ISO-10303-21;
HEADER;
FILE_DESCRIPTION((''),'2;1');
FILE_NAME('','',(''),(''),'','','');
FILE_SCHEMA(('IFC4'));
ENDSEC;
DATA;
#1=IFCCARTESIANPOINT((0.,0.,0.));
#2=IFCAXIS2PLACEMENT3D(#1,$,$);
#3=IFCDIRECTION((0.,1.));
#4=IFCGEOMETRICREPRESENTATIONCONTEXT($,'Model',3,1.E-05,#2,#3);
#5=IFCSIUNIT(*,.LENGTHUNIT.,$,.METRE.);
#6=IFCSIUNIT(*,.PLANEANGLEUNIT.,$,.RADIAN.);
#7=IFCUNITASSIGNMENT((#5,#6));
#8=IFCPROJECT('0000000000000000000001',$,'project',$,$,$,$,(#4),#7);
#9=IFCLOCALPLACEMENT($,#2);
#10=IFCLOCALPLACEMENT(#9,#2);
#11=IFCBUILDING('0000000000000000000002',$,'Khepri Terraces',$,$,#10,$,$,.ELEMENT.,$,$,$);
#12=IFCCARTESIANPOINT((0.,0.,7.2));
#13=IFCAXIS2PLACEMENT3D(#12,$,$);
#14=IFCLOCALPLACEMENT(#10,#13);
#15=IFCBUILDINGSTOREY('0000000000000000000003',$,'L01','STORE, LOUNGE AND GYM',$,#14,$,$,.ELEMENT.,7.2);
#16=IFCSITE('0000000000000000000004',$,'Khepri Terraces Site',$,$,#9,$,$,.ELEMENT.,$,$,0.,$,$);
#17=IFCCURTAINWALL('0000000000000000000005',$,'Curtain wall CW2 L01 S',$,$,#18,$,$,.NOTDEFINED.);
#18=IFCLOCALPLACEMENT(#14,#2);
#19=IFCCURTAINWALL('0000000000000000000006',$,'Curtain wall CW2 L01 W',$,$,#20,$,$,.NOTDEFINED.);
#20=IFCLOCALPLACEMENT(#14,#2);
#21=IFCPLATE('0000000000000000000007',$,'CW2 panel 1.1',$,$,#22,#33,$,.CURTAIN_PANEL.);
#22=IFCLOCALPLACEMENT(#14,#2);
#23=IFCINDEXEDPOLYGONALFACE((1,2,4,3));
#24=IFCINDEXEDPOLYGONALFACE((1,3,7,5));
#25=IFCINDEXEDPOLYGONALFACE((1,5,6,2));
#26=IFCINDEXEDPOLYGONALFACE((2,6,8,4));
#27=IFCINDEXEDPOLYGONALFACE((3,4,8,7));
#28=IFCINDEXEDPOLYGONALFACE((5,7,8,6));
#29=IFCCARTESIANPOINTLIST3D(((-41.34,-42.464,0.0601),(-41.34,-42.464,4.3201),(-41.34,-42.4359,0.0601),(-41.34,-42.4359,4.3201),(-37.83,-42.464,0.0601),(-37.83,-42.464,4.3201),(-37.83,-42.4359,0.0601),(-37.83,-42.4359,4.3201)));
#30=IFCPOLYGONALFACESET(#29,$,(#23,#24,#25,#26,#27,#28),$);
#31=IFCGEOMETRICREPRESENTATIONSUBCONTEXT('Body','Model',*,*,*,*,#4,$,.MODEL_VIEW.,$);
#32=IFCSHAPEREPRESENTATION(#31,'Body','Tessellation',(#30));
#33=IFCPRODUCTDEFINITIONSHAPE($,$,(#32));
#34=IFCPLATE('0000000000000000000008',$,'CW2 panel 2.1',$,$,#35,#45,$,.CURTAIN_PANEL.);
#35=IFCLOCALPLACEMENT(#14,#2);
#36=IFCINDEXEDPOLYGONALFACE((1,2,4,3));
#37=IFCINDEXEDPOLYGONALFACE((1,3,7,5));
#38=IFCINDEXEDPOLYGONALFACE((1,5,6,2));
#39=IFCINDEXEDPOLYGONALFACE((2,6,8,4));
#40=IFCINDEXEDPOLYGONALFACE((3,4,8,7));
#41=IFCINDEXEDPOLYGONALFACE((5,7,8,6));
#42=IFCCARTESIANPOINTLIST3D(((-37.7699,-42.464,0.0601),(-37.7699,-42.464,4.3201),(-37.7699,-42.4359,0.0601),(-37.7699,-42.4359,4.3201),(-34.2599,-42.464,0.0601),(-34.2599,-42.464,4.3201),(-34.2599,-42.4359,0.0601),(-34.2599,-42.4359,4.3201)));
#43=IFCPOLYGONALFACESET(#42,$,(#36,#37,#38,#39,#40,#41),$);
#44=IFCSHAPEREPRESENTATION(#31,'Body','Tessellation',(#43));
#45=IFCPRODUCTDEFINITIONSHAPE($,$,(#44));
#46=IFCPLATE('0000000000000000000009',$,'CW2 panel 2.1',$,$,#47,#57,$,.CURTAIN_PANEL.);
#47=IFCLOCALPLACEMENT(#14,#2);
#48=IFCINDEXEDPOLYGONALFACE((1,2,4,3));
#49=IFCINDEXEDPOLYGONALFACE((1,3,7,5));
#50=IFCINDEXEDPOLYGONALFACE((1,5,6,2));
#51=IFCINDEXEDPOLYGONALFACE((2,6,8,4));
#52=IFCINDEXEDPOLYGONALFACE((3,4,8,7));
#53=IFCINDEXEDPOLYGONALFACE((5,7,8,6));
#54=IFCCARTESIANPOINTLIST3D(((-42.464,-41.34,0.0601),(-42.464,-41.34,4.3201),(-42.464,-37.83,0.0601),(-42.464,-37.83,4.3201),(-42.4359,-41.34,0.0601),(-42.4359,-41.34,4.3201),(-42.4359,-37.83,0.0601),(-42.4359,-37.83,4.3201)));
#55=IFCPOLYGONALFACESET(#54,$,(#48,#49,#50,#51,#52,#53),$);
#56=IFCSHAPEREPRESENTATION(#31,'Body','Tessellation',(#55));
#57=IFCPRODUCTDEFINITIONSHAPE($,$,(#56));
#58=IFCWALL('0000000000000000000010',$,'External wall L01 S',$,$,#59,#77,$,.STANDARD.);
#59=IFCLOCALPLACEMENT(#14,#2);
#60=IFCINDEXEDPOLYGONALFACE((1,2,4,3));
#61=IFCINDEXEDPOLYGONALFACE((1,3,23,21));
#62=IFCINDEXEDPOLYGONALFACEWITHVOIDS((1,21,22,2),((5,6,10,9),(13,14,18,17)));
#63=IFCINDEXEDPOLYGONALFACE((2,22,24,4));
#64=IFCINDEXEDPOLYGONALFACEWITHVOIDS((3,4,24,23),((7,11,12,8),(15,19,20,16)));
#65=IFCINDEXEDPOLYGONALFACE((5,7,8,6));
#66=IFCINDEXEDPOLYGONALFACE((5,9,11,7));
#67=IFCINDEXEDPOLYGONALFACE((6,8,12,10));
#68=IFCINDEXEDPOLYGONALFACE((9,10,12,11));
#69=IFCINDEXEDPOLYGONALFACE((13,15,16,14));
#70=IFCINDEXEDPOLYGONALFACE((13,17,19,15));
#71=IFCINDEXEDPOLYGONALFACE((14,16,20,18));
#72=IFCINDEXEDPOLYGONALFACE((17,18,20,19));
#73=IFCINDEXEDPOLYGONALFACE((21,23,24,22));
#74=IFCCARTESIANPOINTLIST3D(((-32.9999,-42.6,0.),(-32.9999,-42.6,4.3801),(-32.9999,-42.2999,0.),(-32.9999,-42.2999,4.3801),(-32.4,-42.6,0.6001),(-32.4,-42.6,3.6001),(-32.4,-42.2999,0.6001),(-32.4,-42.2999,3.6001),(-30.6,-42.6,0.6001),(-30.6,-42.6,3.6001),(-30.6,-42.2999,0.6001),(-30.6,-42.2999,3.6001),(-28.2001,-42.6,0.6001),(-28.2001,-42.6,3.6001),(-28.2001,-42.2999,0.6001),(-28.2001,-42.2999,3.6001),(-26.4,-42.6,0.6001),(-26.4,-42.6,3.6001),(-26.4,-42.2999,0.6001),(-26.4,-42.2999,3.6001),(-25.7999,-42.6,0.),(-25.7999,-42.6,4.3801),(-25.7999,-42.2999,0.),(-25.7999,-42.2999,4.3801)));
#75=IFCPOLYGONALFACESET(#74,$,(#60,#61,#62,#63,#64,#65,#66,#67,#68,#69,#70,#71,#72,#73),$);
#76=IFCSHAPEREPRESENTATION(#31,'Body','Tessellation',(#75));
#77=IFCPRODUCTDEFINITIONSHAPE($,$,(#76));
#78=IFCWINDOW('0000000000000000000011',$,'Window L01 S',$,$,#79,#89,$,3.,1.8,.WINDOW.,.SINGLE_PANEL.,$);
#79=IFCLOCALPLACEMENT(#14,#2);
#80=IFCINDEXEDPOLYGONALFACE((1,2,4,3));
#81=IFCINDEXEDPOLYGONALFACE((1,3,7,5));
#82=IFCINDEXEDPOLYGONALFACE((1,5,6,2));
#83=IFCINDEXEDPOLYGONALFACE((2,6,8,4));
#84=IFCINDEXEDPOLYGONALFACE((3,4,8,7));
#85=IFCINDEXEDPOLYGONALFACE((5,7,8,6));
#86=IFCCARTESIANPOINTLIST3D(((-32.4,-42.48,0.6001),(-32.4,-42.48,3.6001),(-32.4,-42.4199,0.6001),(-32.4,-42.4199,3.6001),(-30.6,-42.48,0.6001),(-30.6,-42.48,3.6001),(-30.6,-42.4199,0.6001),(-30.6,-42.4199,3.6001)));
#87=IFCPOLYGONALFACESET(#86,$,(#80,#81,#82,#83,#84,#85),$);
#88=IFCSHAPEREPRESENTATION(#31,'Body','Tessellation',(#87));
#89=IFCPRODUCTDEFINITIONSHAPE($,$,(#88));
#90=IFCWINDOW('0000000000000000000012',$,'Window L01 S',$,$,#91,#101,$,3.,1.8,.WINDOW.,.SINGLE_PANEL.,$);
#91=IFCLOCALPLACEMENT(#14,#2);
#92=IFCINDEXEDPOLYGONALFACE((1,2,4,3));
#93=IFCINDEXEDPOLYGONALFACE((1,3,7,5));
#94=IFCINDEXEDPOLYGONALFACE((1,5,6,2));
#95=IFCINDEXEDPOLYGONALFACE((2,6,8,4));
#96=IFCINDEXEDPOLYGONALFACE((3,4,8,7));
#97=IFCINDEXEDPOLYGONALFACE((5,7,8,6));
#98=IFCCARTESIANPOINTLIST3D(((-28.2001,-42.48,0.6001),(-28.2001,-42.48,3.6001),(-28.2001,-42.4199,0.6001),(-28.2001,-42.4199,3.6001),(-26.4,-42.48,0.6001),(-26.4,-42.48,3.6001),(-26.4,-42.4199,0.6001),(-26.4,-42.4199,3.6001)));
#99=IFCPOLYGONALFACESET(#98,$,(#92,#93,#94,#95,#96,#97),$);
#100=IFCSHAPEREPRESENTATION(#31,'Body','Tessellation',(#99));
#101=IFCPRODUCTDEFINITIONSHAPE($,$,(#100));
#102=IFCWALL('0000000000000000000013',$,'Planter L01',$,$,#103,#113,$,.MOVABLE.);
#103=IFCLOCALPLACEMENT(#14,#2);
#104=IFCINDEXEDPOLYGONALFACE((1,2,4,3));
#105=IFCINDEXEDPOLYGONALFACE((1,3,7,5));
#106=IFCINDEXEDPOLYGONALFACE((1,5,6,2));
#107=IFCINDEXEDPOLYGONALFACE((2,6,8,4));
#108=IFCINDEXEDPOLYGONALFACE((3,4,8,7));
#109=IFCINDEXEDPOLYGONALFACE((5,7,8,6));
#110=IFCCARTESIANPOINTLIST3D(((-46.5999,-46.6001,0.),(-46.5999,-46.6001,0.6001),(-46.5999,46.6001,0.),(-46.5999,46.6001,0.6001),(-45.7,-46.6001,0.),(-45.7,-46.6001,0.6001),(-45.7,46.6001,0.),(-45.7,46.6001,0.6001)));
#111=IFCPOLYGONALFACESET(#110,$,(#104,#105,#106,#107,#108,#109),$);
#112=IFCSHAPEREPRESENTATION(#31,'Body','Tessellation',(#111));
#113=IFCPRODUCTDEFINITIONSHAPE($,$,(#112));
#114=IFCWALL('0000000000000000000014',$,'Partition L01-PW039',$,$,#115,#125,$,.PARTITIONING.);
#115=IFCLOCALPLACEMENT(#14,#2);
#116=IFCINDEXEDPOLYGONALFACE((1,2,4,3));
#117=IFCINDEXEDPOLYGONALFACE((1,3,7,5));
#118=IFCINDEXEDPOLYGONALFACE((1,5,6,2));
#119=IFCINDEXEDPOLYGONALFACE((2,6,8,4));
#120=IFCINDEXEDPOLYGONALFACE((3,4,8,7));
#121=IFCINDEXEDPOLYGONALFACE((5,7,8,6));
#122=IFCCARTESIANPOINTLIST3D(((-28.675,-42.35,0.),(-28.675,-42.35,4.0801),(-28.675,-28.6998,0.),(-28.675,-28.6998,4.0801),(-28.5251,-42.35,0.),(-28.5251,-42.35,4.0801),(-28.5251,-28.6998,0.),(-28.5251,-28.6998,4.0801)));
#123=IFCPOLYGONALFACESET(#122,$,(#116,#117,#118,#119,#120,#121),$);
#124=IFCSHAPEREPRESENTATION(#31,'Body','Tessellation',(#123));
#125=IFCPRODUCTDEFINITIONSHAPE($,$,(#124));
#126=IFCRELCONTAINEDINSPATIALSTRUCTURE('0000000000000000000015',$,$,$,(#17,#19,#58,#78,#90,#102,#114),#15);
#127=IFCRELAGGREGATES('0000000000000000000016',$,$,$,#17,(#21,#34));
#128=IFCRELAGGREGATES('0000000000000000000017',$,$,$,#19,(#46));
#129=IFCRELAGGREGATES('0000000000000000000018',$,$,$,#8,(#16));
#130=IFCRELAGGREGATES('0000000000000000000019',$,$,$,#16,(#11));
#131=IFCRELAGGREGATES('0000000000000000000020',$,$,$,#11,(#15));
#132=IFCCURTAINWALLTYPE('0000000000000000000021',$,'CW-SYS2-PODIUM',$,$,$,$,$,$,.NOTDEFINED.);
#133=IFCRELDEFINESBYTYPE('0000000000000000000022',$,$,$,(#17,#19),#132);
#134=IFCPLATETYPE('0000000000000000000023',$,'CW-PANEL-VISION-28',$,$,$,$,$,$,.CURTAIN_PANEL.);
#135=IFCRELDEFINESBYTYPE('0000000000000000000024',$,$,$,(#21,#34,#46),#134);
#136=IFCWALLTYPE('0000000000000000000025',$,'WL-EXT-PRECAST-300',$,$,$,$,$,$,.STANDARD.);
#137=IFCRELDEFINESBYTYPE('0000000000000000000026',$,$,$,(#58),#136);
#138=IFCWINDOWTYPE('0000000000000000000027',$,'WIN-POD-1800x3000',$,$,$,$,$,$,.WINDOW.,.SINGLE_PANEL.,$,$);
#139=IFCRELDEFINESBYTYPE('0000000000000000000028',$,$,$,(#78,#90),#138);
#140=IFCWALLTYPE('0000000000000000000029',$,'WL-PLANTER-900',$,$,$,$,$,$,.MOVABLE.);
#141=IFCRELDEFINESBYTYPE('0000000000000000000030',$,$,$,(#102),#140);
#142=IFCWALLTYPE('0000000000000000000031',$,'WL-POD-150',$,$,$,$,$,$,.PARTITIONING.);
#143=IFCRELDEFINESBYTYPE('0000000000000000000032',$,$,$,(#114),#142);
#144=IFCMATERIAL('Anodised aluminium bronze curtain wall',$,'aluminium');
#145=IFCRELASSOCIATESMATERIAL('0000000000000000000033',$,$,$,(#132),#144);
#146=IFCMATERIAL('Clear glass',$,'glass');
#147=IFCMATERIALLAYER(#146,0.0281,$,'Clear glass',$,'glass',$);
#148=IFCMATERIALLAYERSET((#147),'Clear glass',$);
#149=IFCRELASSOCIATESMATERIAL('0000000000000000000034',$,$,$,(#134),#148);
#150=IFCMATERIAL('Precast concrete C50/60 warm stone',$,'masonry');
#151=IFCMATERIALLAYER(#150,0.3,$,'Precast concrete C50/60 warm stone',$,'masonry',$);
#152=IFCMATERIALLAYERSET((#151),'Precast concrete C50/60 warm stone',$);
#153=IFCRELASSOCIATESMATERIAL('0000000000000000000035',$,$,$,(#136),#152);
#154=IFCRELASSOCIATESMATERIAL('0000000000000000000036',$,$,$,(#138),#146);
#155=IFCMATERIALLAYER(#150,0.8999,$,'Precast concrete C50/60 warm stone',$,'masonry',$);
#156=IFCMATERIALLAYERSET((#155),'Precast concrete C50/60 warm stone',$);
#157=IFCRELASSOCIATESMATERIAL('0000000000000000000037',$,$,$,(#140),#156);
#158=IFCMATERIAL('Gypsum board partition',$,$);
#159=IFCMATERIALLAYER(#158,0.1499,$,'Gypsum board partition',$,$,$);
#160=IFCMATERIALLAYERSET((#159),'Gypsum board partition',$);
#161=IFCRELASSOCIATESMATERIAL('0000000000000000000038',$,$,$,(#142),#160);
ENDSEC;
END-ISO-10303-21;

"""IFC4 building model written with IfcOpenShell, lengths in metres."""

from ifc_helpers import new_model, si_unit, direction, frame, frame_2d, origin, origin_2d, place, context, subcontext, project, spatial, rectangle, extrude, material, layer, layer_set, type_object, element, fill, aggregate, save


model = new_model("IFC4")

# Units and contexts
model_context = context("Model", 3, precision=1e-05, world=origin(), true_north=direction((0.0, 1.0)))
body_context = subcontext(model_context, "Body", "Model", "MODEL_VIEW")
ifc_project = project(units=[si_unit("LENGTHUNIT", "METRE"), si_unit("PLANEANGLEUNIT", "RADIAN")], contexts=[model_context])

# Site, building, storey
site_placement = place(None, origin())
site = spatial("IfcSite", under=ifc_project, at=site_placement, Name="Khepri Terraces Site", CompositionType="ELEMENT", RefElevation=0.0)
building_placement = place(site_placement, origin())
building = spatial("IfcBuilding", under=site, at=building_placement, Name="Khepri Terraces", CompositionType="ELEMENT")
storey_placement = place(building_placement, frame((0.0, 0.0, 7.2)))
storey = spatial("IfcBuildingStorey", under=building, at=storey_placement, Name="L01", Description="STORE, LOUNGE AND GYM", CompositionType="ELEMENT", Elevation=7.2)

# Curtain wall
ifc_material_1 = material(Name="Anodised aluminium bronze curtain wall", Category="aluminium")
curtain_wall_type = type_object("IfcCurtainWallType", Name="CW-SYS2-PODIUM", PredefinedType="NOTDEFINED", material=ifc_material_1)
curtain_wall_1_placement = place(storey_placement, origin())
curtain_wall_1 = element("IfcCurtainWall", 1, at=curtain_wall_1_placement, inside=storey, type_object=curtain_wall_type, Name="Curtain wall CW2 L01 S", PredefinedType="NOTDEFINED")

# Curtain wall
curtain_wall_2_placement = place(storey_placement, origin())
curtain_wall_2 = element("IfcCurtainWall", 2, at=curtain_wall_2_placement, inside=storey, type_object=curtain_wall_type, Name="Curtain wall CW2 L01 W", PredefinedType="NOTDEFINED")

# Plates
ifc_material_2 = material(Name="Clear glass", Category="glass")
ifc_layer_1 = layer(ifc_material_2, 0.0281, Name="Clear glass", Category="glass")
ifc_layer_set_1 = layer_set([ifc_layer_1], Name="Clear glass")
plate_type = type_object("IfcPlateType", Name="CW-PANEL-VISION-28", PredefinedType="CURTAIN_PANEL", material=ifc_layer_set_1)
plate_1_placement = place(storey_placement, frame((-39.585, -42.45, 0.0601), z_axis=(0.0, 0.0, 1.0), x_axis=(1.0, 0.0, 0.0)))
plate_1 = element("IfcPlate", 3, at=plate_1_placement, type_object=plate_type, Name="CW2 panel 1.1", PredefinedType="CURTAIN_PANEL", context=body_context, shape_type="SweptSolid", body=[
    extrude(rectangle(XDim=3.51, YDim=0.0281, at=origin_2d()), origin(), (0.0, 0.0, 1.0), 4.26),
])
plate_2_placement = place(storey_placement, frame((-36.0149, -42.45, 0.0601), z_axis=(0.0, 0.0, 1.0), x_axis=(1.0, 0.0, 0.0)))
plate_2 = element("IfcPlate", 4, at=plate_2_placement, type_object=plate_type, Name="CW2 panel 2.1", PredefinedType="CURTAIN_PANEL", context=body_context, shape_type="SweptSolid", body=[
    extrude(rectangle(XDim=3.51, YDim=0.0281, at=origin_2d()), origin(), (0.0, 0.0, 1.0), 4.26),
])
aggregate(curtain_wall_1, [plate_1, plate_2])
plate_3_placement = place(storey_placement, frame((-42.45, -39.585, 0.0601), z_axis=(0.0, 0.0, 1.0), x_axis=(0.0, -1.0, 0.0)))
plate_3 = element("IfcPlate", 5, at=plate_3_placement, type_object=plate_type, Name="CW2 panel 2.1", PredefinedType="CURTAIN_PANEL", context=body_context, shape_type="SweptSolid", body=[
    extrude(rectangle(XDim=3.51, YDim=0.0281, at=origin_2d()), origin(), (0.0, 0.0, 1.0), 4.26),
])
aggregate(curtain_wall_2, [plate_3])

# Wall, openings, windows
ifc_material_3 = material(Name="Precast concrete C50/60 warm stone", Category="masonry")
ifc_layer_2 = layer(ifc_material_3, 0.3, Name="Precast concrete C50/60 warm stone", Category="masonry")
ifc_layer_set_2 = layer_set([ifc_layer_2], Name="Precast concrete C50/60 warm stone")
wall_type_1 = type_object("IfcWallType", Name="WL-EXT-PRECAST-300", PredefinedType="STANDARD", material=ifc_layer_set_2)
wall_1_placement = place(storey_placement, frame((-33.0, -42.45, 0.0), z_axis=(0.0, 0.0, 1.0), x_axis=(1.0, 0.0, 0.0)))
wall_1 = element("IfcWall", 6, at=wall_1_placement, inside=storey, type_object=wall_type_1, Name="External wall L01 S", PredefinedType="STANDARD", context=body_context, shape_type="SweptSolid", body=[
    extrude(rectangle(XDim=7.2, YDim=0.3, at=frame_2d((3.6001, 0.0))), origin(), (0.0, 0.0, 1.0), 4.3801),
])
opening_1_placement = place(wall_1_placement, frame((0.6001, 0.0, 0.6001)))
opening_1 = element("IfcOpeningElement", 7, at=opening_1_placement, cuts=wall_1, PredefinedType="OPENING", context=body_context, shape_type="SweptSolid", body=[
    extrude(rectangle(XDim=1.8, YDim=3.0, at=frame_2d((0.8999, 1.5))), frame((0.0, 0.1602, 0.0), z_axis=(0.0, -1.0, 0.0), x_axis=(1.0, 0.0, 0.0)), (0.0, 0.0, 1.0), 0.3201),
])
opening_2_placement = place(wall_1_placement, frame((4.8, 0.0, 0.6001)))
opening_2 = element("IfcOpeningElement", 8, at=opening_2_placement, cuts=wall_1, PredefinedType="OPENING", context=body_context, shape_type="SweptSolid", body=[
    extrude(rectangle(XDim=1.8, YDim=3.0, at=frame_2d((0.8999, 1.5))), frame((0.0, 0.1602, 0.0), z_axis=(0.0, -1.0, 0.0), x_axis=(1.0, 0.0, 0.0)), (0.0, 0.0, 1.0), 0.3201),
])
window_type = type_object("IfcWindowType", Name="WIN-POD-1800x3000", PartitioningType="SINGLE_PANEL", PredefinedType="WINDOW", material=ifc_material_2)
window_1_placement = place(opening_1_placement, origin())
window_1 = element("IfcWindow", 9, at=window_1_placement, inside=storey, type_object=window_type, Name="Window L01 S", OverallHeight=3.0, OverallWidth=1.8, PartitioningType="SINGLE_PANEL", PredefinedType="WINDOW", context=body_context, shape_type="SweptSolid", body=[
    extrude(rectangle(XDim=1.8, YDim=3.0, at=frame_2d((0.8999, 1.5))), frame((0.0, 0.03, 0.0), z_axis=(0.0, -1.0, 0.0), x_axis=(1.0, 0.0, 0.0)), (0.0, 0.0, 1.0), 0.0601),
])
fill(opening_1, window_1)
window_2_placement = place(opening_2_placement, origin())
window_2 = element("IfcWindow", 10, at=window_2_placement, inside=storey, type_object=window_type, Name="Window L01 S", OverallHeight=3.0, OverallWidth=1.8, PartitioningType="SINGLE_PANEL", PredefinedType="WINDOW", context=body_context, shape_type="SweptSolid", body=[
    extrude(rectangle(XDim=1.8, YDim=3.0, at=frame_2d((0.8999, 1.5))), frame((0.0, 0.03, 0.0), z_axis=(0.0, -1.0, 0.0), x_axis=(1.0, 0.0, 0.0)), (0.0, 0.0, 1.0), 0.0601),
])
fill(opening_2, window_2)

# Walls
ifc_layer_3 = layer(ifc_material_3, 0.8999, Name="Precast concrete C50/60 warm stone", Category="masonry")
ifc_layer_set_3 = layer_set([ifc_layer_3], Name="Precast concrete C50/60 warm stone")
wall_type_2 = type_object("IfcWallType", Name="WL-PLANTER-900", PredefinedType="MOVABLE", material=ifc_layer_set_3)
wall_2_placement = place(storey_placement, frame((-46.1499, -46.6001, 0.0), z_axis=(0.0, 0.0, 1.0), x_axis=(0.0, 1.0, 0.0)))
element("IfcWall", 11, at=wall_2_placement, inside=storey, type_object=wall_type_2, Name="Planter L01", PredefinedType="MOVABLE", context=body_context, shape_type="SweptSolid", body=[
    extrude(rectangle(XDim=93.2002, YDim=0.8999, at=frame_2d((46.6001, 0.0))), origin(), (0.0, 0.0, 1.0), 0.6001),
])
ifc_material_4 = material(Name="Gypsum board partition")
ifc_layer_4 = layer(ifc_material_4, 0.1499, Name="Gypsum board partition")
ifc_layer_set_4 = layer_set([ifc_layer_4], Name="Gypsum board partition")
wall_type_3 = type_object("IfcWallType", Name="WL-POD-150", PredefinedType="PARTITIONING", material=ifc_layer_set_4)
wall_3_placement = place(storey_placement, frame((-28.6001, -42.3501, 0.0), z_axis=(0.0, 0.0, 1.0), x_axis=(0.0, 1.0, 0.0)))
element("IfcWall", 12, at=wall_3_placement, inside=storey, type_object=wall_type_3, Name="Partition L01-PW039", PredefinedType="PARTITIONING", context=body_context, shape_type="SweptSolid", body=[
    extrude(rectangle(XDim=13.6501, YDim=0.1499, at=frame_2d((6.8252, 0.0))), origin(), (0.0, 0.0, 1.0), 4.0801),
])

save(model, "model.ifc")
